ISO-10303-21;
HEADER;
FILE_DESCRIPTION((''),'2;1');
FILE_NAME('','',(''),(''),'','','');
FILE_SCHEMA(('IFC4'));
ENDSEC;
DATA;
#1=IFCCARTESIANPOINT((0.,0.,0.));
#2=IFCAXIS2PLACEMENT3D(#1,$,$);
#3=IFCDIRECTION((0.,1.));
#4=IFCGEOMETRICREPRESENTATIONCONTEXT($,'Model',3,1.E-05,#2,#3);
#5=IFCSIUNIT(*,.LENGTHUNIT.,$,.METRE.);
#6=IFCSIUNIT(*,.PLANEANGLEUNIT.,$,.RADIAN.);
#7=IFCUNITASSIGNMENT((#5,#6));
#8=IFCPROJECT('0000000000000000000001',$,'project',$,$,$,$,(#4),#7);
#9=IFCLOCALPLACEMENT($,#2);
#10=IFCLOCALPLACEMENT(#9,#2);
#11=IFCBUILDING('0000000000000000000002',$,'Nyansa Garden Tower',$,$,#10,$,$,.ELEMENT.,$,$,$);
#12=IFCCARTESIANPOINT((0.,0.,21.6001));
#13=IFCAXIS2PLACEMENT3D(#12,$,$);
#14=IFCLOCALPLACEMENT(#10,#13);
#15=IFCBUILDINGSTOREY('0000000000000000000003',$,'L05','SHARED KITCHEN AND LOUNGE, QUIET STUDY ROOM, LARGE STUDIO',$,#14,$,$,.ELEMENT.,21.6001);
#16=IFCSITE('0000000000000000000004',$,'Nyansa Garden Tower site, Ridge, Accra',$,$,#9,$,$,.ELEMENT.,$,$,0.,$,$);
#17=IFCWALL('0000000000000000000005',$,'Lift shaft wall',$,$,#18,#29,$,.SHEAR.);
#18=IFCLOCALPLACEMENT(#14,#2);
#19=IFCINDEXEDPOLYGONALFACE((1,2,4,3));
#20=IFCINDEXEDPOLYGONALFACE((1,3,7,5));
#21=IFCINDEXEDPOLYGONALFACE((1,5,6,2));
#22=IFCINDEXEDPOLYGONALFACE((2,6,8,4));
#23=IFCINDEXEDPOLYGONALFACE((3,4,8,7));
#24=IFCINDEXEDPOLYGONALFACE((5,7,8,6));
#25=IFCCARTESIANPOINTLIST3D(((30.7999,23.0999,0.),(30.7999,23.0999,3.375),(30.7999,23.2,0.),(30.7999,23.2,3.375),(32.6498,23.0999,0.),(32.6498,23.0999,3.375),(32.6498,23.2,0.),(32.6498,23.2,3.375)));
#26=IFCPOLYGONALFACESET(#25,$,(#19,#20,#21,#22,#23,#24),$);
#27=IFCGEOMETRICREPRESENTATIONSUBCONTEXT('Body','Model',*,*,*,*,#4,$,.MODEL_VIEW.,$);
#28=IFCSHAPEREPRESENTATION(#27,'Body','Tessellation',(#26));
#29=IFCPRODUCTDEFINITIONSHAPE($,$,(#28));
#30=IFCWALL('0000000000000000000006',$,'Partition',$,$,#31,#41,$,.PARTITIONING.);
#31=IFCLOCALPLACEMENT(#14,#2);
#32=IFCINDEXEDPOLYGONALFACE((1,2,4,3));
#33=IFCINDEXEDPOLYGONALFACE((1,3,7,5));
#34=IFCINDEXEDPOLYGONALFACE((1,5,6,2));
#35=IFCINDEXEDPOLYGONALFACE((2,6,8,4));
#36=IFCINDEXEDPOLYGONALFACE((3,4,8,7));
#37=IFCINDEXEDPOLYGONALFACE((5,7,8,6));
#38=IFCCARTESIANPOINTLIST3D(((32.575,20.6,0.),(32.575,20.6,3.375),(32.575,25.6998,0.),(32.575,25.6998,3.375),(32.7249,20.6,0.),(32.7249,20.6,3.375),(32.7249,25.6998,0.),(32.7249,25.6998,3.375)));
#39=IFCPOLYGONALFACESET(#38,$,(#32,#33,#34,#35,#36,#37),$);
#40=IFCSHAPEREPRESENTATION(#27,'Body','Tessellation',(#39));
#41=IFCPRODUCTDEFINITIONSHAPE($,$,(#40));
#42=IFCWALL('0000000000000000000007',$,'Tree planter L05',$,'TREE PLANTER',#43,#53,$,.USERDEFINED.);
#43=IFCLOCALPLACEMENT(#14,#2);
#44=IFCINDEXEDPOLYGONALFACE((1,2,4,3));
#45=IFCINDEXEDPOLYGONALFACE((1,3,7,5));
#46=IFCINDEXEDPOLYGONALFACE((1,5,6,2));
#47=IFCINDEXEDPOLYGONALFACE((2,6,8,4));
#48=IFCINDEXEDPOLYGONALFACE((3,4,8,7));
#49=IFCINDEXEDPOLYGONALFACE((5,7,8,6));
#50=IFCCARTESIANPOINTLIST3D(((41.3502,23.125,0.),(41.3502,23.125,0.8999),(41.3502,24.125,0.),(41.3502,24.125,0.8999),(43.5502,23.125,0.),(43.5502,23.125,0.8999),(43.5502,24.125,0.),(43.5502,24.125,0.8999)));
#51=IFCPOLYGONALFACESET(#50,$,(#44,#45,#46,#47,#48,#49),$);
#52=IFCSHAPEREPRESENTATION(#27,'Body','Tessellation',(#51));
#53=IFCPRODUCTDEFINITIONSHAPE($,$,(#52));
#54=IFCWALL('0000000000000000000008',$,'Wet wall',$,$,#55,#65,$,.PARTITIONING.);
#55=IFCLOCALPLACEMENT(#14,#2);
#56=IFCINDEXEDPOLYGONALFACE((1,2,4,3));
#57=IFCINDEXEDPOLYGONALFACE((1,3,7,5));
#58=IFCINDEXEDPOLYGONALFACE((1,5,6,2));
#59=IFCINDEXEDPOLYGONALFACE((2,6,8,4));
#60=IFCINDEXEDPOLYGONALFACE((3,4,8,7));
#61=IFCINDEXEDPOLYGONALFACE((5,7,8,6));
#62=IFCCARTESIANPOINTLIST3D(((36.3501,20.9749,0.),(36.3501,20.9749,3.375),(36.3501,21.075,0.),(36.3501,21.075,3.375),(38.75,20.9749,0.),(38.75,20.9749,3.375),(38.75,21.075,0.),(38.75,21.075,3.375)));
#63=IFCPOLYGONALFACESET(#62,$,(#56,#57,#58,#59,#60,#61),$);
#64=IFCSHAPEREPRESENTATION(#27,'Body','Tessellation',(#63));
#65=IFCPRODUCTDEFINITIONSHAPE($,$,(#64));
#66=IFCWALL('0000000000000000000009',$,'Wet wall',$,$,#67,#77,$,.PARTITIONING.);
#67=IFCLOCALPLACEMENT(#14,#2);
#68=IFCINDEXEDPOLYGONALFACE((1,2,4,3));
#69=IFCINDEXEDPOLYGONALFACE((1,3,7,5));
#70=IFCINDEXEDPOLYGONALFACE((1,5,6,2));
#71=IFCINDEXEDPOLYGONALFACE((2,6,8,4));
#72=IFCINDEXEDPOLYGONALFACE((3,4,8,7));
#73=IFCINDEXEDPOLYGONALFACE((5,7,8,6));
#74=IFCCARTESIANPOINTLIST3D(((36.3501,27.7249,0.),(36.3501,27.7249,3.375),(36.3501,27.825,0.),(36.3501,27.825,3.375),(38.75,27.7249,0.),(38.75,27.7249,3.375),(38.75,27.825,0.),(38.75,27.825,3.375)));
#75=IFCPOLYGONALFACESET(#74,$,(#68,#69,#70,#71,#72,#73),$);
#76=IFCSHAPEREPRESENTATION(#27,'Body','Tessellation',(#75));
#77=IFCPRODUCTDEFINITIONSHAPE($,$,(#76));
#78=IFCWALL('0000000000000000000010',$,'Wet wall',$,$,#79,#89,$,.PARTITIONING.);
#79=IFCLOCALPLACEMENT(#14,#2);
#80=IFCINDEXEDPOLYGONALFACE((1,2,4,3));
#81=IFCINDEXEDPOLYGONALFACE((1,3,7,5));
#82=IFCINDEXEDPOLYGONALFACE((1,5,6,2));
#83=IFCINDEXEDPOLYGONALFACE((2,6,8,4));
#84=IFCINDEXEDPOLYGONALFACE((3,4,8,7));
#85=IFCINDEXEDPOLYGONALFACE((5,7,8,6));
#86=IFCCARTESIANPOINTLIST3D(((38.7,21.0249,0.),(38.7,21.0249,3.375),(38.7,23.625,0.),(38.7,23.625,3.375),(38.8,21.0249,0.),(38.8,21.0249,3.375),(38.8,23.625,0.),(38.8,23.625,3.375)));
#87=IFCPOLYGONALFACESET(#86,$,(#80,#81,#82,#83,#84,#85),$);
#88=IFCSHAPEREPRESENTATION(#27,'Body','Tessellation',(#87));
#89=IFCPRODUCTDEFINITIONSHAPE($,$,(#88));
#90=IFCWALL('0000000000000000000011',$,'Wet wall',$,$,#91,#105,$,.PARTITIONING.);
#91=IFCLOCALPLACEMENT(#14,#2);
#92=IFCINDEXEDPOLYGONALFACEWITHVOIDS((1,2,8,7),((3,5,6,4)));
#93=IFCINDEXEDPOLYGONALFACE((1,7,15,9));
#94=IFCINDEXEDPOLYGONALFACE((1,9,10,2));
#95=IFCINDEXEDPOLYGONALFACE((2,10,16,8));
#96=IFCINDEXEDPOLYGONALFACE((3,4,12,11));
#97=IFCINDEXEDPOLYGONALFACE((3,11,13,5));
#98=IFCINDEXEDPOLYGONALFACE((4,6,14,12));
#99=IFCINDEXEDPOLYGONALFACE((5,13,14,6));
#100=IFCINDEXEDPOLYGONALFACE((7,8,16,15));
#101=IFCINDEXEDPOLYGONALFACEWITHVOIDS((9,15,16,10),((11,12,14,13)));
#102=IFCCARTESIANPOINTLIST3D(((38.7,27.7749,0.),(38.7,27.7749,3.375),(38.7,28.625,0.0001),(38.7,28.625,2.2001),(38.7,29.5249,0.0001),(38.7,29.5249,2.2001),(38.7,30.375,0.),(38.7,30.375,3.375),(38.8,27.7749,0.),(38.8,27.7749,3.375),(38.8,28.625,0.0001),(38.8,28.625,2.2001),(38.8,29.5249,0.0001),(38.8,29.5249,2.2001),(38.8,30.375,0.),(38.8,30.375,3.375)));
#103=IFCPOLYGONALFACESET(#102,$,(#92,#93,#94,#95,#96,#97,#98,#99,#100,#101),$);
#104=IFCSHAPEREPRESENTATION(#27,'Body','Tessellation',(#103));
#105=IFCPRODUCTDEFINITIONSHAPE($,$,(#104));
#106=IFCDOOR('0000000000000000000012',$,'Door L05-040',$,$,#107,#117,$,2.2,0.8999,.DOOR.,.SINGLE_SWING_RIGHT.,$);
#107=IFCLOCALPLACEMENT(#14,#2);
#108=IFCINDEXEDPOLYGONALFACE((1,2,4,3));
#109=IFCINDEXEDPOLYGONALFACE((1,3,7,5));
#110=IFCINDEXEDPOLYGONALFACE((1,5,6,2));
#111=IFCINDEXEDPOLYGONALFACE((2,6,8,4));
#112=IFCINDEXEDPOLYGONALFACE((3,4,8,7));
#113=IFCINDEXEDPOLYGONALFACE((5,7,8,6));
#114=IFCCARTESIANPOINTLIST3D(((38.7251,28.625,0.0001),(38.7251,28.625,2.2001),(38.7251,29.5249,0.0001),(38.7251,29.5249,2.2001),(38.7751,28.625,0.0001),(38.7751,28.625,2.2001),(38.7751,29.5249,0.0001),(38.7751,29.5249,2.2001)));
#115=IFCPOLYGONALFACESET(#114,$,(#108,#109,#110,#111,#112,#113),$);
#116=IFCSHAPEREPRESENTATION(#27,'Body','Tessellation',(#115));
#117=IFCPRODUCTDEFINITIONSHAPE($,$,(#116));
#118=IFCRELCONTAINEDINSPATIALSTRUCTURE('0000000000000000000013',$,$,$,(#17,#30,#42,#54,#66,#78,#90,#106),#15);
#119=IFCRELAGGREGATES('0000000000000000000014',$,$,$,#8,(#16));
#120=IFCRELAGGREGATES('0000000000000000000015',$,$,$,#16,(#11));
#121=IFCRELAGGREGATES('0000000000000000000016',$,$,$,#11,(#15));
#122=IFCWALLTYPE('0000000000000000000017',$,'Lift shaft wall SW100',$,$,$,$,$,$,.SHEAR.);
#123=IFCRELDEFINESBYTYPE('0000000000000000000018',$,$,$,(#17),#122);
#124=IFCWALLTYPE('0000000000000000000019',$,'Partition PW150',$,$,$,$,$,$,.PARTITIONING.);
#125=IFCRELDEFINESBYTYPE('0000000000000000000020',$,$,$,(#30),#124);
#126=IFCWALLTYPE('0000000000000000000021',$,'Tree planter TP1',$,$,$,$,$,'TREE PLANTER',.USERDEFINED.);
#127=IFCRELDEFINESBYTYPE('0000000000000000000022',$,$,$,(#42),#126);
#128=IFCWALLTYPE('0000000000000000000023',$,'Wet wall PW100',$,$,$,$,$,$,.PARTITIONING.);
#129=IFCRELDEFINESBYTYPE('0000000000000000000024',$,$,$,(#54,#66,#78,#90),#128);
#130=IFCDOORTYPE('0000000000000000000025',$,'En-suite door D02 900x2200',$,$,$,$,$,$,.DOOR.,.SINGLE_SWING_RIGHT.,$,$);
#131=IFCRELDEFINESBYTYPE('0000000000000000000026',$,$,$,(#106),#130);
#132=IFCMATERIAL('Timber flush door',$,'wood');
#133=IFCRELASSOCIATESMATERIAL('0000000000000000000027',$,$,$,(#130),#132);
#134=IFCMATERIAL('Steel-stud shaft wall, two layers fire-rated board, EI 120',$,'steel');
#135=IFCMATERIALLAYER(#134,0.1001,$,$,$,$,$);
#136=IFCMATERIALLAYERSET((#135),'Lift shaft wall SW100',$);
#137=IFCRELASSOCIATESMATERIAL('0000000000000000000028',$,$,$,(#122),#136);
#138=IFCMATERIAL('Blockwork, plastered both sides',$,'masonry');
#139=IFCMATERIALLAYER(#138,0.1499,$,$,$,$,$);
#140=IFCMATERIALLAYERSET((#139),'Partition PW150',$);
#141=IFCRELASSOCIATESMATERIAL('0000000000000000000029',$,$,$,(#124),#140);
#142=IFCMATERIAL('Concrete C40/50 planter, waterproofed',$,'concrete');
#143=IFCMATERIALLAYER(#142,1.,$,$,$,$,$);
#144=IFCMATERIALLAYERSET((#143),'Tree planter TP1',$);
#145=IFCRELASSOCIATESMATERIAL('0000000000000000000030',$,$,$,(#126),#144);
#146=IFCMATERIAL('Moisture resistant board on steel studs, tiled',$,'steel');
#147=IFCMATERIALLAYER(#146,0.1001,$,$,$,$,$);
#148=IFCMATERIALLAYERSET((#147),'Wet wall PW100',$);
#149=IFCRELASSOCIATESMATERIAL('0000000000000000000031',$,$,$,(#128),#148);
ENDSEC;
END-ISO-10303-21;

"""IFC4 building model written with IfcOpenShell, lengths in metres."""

from ifc_helpers import new_model, si_unit, direction, frame, frame_2d, origin, place, context, subcontext, project, spatial, rectangle, extrude, material, layer, layer_set, type_object, element, fill, save


model = new_model("IFC4")

# Units and contexts
model_context = context("Model", 3, precision=1e-05, world=origin(), true_north=direction((0.0, 1.0)))
body_context = subcontext(model_context, "Body", "Model", "MODEL_VIEW")
ifc_project = project(units=[si_unit("LENGTHUNIT", "METRE"), si_unit("PLANEANGLEUNIT", "RADIAN")], contexts=[model_context])

# Site, building, storey
site_placement = place(None, origin())
site = spatial("IfcSite", under=ifc_project, at=site_placement, Name="Nyansa Garden Tower site, Ridge, Accra", CompositionType="ELEMENT", RefElevation=0.0)
building_placement = place(site_placement, origin())
building = spatial("IfcBuilding", under=site, at=building_placement, Name="Nyansa Garden Tower", CompositionType="ELEMENT")
storey_placement = place(building_placement, frame((0.0, 0.0, 21.6001)))
storey = spatial("IfcBuildingStorey", under=building, at=storey_placement, Name="L05", Description="SHARED KITCHEN AND LOUNGE, QUIET STUDY ROOM, LARGE STUDIO", CompositionType="ELEMENT", Elevation=21.6001)

# Shared definitions
ifc_material_1 = material(Name="Timber flush door", Category="wood")
door_type_1 = type_object("IfcDoorType", Name="En-suite door D02 900x2200", OperationType="SINGLE_SWING_RIGHT", PredefinedType="DOOR", material=ifc_material_1)

# Walls
ifc_material_2 = material(Name="Steel-stud shaft wall, two layers fire-rated board, EI 120", Category="steel")
ifc_layer_1 = layer(ifc_material_2, 0.1001)
ifc_layer_set_1 = layer_set([ifc_layer_1], Name="Lift shaft wall SW100")
wall_type_1 = type_object("IfcWallType", Name="Lift shaft wall SW100", PredefinedType="SHEAR", material=ifc_layer_set_1)
for number, where, z_axis, x_axis, name in (
    (1, (30.8, 23.1499, 0.0), (0.0, 0.0, 1.0), (1.0, 0.0, 0.0), "Lift shaft wall"),
):
    element("IfcWall", number, at=place(storey_placement, frame(where, z_axis=z_axis, x_axis=x_axis)), inside=storey, type_object=wall_type_1, Name=name, PredefinedType="SHEAR", context=body_context, shape_type="SweptSolid", body=[
        extrude(rectangle(XDim=1.8499, YDim=0.1001, at=frame_2d((0.9248, 0.0))), origin(), (0.0, 0.0, 1.0), 3.375),
    ])
ifc_material_3 = material(Name="Blockwork, plastered both sides", Category="masonry")
ifc_layer_2 = layer(ifc_material_3, 0.1499)
ifc_layer_set_2 = layer_set([ifc_layer_2], Name="Partition PW150")
wall_type_2 = type_object("IfcWallType", Name="Partition PW150", PredefinedType="PARTITIONING", material=ifc_layer_set_2)
wall_1_placement = place(storey_placement, frame((32.6499, 20.6001, 0.0), z_axis=(0.0, 0.0, 1.0), x_axis=(0.0, 1.0, 0.0)))
element("IfcWall", 2, at=wall_1_placement, inside=storey, type_object=wall_type_2, Name="Partition", PredefinedType="PARTITIONING", context=body_context, shape_type="SweptSolid", body=[
    extrude(rectangle(XDim=5.0999, YDim=0.1499, at=frame_2d((2.5498, 0.0))), origin(), (0.0, 0.0, 1.0), 3.375),
])
ifc_material_4 = material(Name="Concrete C40/50 planter, waterproofed", Category="concrete")
ifc_layer_3 = layer(ifc_material_4, 1.0)
ifc_layer_set_3 = layer_set([ifc_layer_3], Name="Tree planter TP1")
wall_type_3 = type_object("IfcWallType", Name="Tree planter TP1", ElementType="TREE PLANTER", PredefinedType="USERDEFINED", material=ifc_layer_set_3)
wall_2_placement = place(storey_placement, frame((41.3501, 23.625, 0.0), z_axis=(0.0, 0.0, 1.0), x_axis=(1.0, 0.0, 0.0)))
element("IfcWall", 3, at=wall_2_placement, inside=storey, type_object=wall_type_3, Name="Tree planter L05", ObjectType="TREE PLANTER", PredefinedType="USERDEFINED", context=body_context, shape_type="SweptSolid", body=[
    extrude(rectangle(XDim=2.2, YDim=1.0, at=frame_2d((1.1001, 0.0))), origin(), (0.0, 0.0, 1.0), 0.8999),
])
ifc_material_5 = material(Name="Moisture resistant board on steel studs, tiled", Category="steel")
ifc_layer_4 = layer(ifc_material_5, 0.1001)
ifc_layer_set_4 = layer_set([ifc_layer_4], Name="Wet wall PW100")
wall_type_4 = type_object("IfcWallType", Name="Wet wall PW100", PredefinedType="PARTITIONING", material=ifc_layer_set_4)
for number, where, z_axis, x_axis, name in (
    (4, (36.3501, 21.0249, 0.0), (0.0, 0.0, 1.0), (1.0, 0.0, 0.0), "Wet wall"),
    (5, (36.3501, 27.7749, 0.0), (0.0, 0.0, 1.0), (1.0, 0.0, 0.0), "Wet wall"),
):
    element("IfcWall", number, at=place(storey_placement, frame(where, z_axis=z_axis, x_axis=x_axis)), inside=storey, type_object=wall_type_4, Name=name, PredefinedType="PARTITIONING", context=body_context, shape_type="SweptSolid", body=[
        extrude(rectangle(XDim=2.3999, YDim=0.1001, at=frame_2d((1.2, 0.0))), origin(), (0.0, 0.0, 1.0), 3.375),
    ])
wall_3_placement = place(storey_placement, frame((38.75, 21.0249, 0.0), z_axis=(0.0, 0.0, 1.0), x_axis=(0.0, 1.0, 0.0)))
element("IfcWall", 6, at=wall_3_placement, inside=storey, type_object=wall_type_4, Name="Wet wall", PredefinedType="PARTITIONING", context=body_context, shape_type="SweptSolid", body=[
    extrude(rectangle(XDim=2.6001, YDim=0.1001, at=frame_2d((1.3, 0.0))), origin(), (0.0, 0.0, 1.0), 3.375),
])

# Wall, opening, door
wall_4_placement = place(storey_placement, frame((38.75, 27.7749, 0.0), z_axis=(0.0, 0.0, 1.0), x_axis=(0.0, 1.0, 0.0)))
wall_4 = element("IfcWall", 7, at=wall_4_placement, inside=storey, type_object=wall_type_4, Name="Wet wall", PredefinedType="PARTITIONING", context=body_context, shape_type="SweptSolid", body=[
    extrude(rectangle(XDim=2.6001, YDim=0.1001, at=frame_2d((1.3, 0.0))), origin(), (0.0, 0.0, 1.0), 3.375),
])
opening_1_placement = place(wall_4_placement, frame((0.8501, 0.0, 0.0)))
opening_1 = element("IfcOpeningElement", 8, at=opening_1_placement, cuts=wall_4, PredefinedType="OPENING", context=body_context, shape_type="SweptSolid", body=[
    extrude(rectangle(XDim=0.8999, YDim=2.2, at=frame_2d((0.45, 1.1001))), frame((0.0, 0.0601, 0.0), z_axis=(0.0, -1.0, 0.0), x_axis=(1.0, 0.0, 0.0)), (0.0, 0.0, 1.0), 0.1201),
])
door_1_placement = place(opening_1_placement, origin())
door_1 = element("IfcDoor", 9, at=door_1_placement, inside=storey, type_object=door_type_1, Name="Door L05-040", OperationType="SINGLE_SWING_RIGHT", OverallHeight=2.2, OverallWidth=0.8999, PredefinedType="DOOR", context=body_context, shape_type="SweptSolid", body=[
    extrude(rectangle(XDim=0.8999, YDim=2.2, at=frame_2d((0.45, 1.1001))), frame((0.0, 0.0249, 0.0), z_axis=(0.0, -1.0, 0.0), x_axis=(1.0, 0.0, 0.0)), (0.0, 0.0, 1.0), 0.05),
])
fill(opening_1, door_1)

save(model, "model.ifc")
